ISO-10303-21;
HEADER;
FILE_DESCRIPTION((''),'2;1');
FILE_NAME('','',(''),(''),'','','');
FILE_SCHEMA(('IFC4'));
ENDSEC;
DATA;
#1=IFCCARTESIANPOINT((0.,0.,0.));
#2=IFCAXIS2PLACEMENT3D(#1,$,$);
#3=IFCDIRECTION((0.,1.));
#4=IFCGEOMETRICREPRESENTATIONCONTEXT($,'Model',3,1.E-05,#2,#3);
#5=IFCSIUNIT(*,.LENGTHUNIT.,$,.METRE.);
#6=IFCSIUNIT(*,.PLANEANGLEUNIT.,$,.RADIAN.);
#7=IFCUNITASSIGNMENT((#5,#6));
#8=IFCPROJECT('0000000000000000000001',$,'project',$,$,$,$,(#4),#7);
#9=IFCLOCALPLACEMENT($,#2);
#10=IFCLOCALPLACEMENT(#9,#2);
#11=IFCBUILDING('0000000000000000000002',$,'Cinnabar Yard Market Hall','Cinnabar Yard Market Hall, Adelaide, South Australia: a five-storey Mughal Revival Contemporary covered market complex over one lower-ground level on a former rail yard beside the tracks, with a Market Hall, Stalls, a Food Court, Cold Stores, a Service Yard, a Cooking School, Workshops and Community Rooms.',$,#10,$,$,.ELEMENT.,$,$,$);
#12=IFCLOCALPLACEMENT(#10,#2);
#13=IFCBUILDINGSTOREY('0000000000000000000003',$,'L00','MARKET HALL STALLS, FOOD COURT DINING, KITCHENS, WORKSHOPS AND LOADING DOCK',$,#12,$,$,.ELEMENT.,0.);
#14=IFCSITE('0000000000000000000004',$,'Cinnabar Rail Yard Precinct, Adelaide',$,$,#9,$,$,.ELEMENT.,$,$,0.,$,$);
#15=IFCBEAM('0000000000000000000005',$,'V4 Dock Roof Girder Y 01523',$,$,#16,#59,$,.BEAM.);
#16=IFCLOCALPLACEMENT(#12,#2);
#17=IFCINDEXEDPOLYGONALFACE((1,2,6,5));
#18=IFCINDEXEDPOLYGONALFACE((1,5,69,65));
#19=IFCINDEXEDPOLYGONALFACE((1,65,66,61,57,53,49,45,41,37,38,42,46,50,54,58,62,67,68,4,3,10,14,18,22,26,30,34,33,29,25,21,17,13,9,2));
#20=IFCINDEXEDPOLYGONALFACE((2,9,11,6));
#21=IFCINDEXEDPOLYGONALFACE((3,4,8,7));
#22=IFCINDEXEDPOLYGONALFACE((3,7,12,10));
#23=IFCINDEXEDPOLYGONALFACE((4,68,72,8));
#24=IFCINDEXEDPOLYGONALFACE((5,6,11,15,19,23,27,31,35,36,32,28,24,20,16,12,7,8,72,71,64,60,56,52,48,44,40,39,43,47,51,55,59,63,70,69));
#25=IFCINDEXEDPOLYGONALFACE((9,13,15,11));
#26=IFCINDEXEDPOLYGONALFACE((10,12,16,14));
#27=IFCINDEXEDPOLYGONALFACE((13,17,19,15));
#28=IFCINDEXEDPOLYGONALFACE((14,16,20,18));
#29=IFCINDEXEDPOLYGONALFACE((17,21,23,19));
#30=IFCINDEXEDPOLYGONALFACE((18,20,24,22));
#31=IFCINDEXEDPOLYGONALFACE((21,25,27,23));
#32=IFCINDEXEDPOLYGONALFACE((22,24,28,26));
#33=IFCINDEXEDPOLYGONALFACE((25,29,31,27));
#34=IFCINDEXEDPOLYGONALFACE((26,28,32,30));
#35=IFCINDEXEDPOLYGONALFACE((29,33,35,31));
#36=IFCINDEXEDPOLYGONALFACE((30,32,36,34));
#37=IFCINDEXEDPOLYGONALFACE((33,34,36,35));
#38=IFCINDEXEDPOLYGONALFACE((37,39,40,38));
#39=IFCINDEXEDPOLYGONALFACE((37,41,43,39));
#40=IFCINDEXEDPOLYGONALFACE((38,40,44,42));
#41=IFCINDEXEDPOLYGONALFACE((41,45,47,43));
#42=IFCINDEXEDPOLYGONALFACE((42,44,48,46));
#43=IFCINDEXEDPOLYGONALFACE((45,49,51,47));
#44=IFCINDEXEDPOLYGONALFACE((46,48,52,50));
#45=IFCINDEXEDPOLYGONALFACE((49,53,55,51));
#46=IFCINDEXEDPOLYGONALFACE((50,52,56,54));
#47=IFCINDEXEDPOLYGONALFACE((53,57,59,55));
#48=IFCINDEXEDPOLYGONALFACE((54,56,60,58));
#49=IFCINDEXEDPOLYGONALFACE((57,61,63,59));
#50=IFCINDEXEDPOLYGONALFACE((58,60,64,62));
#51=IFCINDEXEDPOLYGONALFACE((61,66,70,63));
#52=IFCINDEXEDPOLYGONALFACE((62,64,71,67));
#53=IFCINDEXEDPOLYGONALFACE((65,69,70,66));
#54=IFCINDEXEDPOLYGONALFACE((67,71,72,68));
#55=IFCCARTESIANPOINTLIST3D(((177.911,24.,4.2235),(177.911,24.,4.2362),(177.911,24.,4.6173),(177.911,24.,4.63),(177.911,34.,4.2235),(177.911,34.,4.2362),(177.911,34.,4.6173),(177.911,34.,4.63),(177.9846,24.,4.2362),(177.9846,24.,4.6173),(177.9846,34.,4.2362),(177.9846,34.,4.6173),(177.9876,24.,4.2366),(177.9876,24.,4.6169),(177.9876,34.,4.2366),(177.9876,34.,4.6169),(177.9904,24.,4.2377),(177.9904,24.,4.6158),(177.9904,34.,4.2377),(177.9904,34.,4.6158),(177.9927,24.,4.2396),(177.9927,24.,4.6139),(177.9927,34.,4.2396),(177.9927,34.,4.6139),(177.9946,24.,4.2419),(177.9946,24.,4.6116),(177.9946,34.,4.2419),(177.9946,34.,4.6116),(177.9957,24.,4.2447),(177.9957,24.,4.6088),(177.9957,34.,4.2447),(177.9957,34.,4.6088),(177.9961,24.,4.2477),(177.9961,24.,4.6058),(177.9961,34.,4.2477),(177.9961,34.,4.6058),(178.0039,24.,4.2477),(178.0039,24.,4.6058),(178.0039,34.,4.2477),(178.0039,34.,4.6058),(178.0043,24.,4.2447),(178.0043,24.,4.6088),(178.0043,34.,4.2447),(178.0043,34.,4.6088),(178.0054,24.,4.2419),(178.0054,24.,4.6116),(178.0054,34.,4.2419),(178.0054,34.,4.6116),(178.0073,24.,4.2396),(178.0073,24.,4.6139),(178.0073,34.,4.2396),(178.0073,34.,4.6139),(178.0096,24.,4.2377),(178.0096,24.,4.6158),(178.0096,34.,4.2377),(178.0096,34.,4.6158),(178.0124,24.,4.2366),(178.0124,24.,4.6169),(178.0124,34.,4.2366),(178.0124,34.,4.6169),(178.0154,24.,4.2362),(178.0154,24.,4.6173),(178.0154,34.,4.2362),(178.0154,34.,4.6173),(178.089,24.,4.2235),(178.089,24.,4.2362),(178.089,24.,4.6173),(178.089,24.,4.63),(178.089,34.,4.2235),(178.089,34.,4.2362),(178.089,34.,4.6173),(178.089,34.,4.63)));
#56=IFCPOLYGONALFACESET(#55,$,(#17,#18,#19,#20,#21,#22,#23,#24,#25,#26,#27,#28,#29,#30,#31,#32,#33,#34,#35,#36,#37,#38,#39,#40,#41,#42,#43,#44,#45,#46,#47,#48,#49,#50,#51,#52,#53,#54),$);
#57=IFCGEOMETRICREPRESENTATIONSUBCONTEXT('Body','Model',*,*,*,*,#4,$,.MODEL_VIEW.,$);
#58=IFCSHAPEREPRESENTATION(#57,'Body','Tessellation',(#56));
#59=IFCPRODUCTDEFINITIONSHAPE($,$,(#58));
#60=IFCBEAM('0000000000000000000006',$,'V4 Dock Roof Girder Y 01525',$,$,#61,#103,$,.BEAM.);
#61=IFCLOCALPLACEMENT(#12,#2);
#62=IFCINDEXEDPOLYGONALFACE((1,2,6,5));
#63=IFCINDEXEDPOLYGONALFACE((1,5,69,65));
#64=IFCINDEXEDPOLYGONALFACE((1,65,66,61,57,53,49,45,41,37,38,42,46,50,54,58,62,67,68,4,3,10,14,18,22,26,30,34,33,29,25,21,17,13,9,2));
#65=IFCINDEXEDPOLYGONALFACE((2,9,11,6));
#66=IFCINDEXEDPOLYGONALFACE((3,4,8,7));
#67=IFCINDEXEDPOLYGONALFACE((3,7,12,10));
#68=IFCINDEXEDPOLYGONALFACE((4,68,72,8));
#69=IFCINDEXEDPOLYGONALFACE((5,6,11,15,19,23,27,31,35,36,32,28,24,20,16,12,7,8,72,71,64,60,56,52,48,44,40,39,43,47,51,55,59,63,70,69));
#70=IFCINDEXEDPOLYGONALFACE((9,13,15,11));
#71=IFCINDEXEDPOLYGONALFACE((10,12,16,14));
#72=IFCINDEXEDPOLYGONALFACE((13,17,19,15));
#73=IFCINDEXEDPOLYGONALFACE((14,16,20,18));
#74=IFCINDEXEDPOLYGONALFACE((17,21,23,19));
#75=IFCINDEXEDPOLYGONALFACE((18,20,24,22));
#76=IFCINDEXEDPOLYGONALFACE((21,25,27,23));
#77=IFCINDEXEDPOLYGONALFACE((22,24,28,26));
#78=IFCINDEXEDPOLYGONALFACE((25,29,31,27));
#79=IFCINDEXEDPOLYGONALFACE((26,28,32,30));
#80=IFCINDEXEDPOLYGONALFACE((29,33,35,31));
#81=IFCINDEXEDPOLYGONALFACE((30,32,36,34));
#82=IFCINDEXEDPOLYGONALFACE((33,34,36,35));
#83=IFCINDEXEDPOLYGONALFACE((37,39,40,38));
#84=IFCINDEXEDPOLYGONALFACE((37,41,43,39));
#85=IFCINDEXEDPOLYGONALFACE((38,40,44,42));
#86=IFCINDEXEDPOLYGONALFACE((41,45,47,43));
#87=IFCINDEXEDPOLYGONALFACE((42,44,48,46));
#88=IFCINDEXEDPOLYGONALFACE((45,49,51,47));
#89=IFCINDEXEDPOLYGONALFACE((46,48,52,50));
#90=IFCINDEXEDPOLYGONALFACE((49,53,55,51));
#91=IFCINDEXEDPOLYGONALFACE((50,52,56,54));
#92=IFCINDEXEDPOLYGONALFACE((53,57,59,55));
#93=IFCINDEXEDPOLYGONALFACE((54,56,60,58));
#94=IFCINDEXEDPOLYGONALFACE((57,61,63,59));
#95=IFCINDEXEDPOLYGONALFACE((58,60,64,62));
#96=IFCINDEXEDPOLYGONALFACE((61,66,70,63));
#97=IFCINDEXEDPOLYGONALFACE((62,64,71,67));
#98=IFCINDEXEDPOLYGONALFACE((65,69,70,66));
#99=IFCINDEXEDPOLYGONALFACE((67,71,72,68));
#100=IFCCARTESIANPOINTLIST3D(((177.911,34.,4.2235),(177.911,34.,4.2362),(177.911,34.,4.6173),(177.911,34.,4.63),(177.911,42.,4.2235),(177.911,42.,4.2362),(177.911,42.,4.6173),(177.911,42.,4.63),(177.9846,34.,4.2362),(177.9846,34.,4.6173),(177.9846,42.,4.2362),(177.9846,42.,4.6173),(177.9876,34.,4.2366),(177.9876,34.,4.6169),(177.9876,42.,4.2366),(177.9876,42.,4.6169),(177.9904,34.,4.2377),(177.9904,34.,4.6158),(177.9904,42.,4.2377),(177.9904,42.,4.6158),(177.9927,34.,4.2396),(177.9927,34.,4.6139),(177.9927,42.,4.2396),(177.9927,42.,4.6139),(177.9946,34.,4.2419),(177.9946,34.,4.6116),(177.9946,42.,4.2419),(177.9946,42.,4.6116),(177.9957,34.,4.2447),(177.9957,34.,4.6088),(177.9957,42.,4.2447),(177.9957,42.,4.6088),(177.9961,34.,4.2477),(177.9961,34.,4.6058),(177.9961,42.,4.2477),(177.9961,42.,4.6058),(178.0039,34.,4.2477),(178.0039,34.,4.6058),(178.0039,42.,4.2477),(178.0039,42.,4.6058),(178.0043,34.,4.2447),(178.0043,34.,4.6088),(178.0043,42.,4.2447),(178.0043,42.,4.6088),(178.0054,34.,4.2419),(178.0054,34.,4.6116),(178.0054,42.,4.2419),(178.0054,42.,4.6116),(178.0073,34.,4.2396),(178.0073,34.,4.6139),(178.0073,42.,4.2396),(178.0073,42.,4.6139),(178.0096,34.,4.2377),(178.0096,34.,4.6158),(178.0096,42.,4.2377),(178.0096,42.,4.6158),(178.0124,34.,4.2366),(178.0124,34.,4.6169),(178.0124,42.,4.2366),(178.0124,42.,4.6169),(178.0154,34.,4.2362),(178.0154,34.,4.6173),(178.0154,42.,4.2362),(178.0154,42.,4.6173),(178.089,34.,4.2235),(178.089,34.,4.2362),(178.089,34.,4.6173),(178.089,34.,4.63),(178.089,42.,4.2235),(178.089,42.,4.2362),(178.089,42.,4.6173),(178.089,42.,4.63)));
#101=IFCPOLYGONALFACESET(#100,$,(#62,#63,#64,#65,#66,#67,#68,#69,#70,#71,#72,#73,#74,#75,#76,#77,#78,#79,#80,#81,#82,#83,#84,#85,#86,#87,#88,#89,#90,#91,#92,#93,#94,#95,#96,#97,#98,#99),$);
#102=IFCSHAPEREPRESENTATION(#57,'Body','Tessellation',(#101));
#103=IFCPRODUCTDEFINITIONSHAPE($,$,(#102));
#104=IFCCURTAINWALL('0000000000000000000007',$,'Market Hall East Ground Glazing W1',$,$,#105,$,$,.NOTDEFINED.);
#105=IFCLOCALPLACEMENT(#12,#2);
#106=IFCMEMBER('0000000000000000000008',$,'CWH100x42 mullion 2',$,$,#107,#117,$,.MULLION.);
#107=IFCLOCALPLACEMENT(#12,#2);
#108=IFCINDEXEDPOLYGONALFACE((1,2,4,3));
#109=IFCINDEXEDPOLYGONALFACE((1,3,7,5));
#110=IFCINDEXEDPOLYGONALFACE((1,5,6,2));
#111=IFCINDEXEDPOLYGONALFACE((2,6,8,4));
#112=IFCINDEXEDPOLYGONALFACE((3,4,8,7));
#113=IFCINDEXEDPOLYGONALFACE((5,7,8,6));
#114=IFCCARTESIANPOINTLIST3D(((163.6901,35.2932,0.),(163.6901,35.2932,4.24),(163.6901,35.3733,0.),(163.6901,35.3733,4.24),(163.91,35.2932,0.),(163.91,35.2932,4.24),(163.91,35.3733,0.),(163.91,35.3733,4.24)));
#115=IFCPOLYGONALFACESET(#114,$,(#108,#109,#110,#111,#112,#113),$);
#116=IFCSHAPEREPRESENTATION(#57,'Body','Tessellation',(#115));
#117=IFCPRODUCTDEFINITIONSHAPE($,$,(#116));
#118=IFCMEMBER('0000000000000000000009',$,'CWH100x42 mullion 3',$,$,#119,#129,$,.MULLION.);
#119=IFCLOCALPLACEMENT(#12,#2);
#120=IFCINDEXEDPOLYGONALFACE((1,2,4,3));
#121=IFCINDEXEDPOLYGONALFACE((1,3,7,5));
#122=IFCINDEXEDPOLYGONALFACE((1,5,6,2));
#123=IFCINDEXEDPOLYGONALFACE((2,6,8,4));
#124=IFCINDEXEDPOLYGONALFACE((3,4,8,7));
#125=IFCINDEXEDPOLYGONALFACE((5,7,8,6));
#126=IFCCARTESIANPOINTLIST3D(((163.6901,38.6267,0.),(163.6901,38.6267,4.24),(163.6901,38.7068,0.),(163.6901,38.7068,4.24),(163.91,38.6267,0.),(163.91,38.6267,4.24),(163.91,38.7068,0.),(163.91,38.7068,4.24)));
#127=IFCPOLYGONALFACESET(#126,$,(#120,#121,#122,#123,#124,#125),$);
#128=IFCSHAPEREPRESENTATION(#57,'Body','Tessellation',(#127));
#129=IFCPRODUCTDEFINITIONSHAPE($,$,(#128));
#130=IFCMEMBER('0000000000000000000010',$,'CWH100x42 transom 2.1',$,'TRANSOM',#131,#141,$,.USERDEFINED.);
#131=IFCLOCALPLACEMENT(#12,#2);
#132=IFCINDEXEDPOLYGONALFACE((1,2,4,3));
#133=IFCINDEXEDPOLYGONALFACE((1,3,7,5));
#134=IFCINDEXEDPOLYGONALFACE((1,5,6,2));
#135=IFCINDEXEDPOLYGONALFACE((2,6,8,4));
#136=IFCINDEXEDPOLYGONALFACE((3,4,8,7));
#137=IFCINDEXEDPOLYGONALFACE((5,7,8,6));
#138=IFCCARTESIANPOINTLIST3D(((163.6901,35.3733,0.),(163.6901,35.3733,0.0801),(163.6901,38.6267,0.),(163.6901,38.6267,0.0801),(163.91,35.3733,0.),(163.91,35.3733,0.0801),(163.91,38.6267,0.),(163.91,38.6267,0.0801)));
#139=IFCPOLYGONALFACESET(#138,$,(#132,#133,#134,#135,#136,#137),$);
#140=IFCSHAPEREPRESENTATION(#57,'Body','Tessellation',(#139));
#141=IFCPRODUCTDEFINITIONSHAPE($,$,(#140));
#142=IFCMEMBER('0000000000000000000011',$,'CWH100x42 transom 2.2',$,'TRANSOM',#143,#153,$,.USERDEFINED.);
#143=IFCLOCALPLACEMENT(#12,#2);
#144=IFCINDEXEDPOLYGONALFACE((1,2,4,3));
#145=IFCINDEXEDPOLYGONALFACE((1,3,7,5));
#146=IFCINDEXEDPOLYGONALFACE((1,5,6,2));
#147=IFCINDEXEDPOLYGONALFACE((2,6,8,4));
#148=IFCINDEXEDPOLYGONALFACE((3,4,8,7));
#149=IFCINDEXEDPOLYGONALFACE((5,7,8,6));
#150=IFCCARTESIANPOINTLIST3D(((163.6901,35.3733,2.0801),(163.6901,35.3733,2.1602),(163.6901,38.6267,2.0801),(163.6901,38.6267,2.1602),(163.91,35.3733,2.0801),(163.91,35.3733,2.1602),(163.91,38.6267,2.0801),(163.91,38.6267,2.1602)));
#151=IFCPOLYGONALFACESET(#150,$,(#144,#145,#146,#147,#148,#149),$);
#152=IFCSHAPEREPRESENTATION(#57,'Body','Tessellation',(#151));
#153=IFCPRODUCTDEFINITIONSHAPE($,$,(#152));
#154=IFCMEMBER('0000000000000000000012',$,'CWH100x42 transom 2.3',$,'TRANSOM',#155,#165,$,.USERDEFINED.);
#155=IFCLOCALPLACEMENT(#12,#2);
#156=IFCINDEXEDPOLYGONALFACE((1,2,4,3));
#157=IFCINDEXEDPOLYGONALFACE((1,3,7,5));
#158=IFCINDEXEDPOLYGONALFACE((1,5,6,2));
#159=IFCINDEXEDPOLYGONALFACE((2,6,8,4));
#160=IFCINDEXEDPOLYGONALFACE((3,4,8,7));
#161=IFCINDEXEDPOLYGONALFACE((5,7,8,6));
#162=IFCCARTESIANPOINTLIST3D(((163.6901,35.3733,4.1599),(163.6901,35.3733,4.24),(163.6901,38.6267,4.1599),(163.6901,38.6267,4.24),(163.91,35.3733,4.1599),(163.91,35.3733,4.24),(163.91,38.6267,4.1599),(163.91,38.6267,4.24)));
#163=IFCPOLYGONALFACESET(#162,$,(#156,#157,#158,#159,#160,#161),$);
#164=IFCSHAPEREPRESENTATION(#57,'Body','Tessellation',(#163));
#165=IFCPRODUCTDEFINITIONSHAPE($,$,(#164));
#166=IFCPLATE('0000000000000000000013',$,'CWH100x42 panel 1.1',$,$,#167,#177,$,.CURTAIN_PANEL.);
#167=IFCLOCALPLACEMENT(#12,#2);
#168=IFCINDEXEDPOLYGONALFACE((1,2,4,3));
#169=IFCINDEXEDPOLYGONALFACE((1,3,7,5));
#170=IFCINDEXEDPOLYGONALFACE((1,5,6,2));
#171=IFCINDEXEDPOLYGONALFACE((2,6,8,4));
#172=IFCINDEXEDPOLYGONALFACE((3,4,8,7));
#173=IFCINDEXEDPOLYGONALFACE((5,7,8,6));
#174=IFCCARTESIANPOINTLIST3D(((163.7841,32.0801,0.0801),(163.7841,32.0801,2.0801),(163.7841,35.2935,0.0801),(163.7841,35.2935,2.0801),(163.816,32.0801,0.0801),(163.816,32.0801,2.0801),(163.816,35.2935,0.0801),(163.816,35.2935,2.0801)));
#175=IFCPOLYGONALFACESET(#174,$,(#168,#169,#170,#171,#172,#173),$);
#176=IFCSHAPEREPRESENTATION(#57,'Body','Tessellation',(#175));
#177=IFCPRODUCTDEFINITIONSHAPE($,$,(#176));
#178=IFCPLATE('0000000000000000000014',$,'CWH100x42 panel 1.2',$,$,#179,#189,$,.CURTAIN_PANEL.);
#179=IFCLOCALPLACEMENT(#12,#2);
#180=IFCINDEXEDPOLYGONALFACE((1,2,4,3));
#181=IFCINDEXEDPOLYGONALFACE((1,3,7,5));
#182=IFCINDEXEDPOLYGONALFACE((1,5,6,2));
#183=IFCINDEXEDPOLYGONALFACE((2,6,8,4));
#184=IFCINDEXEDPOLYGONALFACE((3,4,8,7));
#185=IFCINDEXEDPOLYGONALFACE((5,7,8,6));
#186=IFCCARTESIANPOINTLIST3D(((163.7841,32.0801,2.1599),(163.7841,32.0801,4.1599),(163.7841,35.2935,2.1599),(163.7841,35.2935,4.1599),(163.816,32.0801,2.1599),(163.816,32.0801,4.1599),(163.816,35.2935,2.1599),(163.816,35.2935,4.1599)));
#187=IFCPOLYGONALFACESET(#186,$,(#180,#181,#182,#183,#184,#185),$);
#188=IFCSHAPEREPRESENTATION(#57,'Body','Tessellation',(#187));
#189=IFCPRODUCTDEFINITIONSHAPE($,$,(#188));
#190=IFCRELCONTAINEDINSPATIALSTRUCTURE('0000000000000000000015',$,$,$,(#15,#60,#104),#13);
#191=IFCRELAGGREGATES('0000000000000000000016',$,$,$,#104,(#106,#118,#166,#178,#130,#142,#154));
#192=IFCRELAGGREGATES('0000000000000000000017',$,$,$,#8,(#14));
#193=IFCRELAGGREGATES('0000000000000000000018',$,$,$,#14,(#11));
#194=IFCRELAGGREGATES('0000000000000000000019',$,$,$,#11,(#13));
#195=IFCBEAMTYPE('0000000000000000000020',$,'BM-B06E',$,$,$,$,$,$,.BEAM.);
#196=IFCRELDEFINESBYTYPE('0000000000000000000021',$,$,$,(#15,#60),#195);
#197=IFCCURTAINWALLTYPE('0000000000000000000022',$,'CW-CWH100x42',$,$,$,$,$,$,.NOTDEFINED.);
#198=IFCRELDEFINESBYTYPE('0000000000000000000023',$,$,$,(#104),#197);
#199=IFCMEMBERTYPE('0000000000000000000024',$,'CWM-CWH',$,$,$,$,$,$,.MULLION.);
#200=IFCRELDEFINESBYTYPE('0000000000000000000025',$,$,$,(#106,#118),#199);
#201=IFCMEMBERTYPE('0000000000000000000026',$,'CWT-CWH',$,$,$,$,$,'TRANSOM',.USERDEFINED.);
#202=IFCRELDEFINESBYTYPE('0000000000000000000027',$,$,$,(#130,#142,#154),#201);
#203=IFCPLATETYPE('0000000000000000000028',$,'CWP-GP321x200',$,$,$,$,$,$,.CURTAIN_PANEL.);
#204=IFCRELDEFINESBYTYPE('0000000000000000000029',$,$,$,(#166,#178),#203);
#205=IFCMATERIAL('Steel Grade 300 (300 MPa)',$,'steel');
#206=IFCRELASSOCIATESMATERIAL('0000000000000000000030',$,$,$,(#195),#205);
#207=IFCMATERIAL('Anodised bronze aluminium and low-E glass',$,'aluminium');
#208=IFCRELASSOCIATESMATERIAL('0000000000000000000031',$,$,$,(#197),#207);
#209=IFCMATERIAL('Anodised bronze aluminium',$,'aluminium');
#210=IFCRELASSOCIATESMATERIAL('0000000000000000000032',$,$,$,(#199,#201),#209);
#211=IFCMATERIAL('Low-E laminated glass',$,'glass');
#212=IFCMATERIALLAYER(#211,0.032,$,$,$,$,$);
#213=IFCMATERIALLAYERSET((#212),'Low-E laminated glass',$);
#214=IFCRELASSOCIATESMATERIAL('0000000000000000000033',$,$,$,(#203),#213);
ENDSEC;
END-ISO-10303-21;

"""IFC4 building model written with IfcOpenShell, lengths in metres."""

from ifc_helpers import new_model, si_unit, direction, frame, origin, origin_2d_with_axis, place, context, subcontext, project, spatial, rectangle, i_section, extrude, material, layer, layer_set, material_profile, profile_set, type_object, element, aggregate, save


model = new_model("IFC4")

# Units and contexts
model_context = context("Model", 3, precision=1e-05, world=origin(), true_north=direction((0.0, 1.0)))
body_context = subcontext(model_context, "Body", "Model", "MODEL_VIEW")
ifc_project = project(units=[si_unit("LENGTHUNIT", "METRE"), si_unit("PLANEANGLEUNIT", "RADIAN")], contexts=[model_context])

# Site, building, storey
site_placement = place(None, origin())
site = spatial("IfcSite", under=ifc_project, at=site_placement, Name="Cinnabar Rail Yard Precinct, Adelaide", CompositionType="ELEMENT", RefElevation=0.0)
building_placement = place(site_placement, origin())
building = spatial("IfcBuilding", under=site, at=building_placement, Name="Cinnabar Yard Market Hall", Description="Cinnabar Yard Market Hall, Adelaide, South Australia: a five-storey Mughal Revival Contemporary covered market complex over one lower-ground level on a former rail yard beside the tracks, with a Market Hall, Stalls, a Food Court, Cold Stores, a Service Yard, a Cooking School, Workshops and Community Rooms.", CompositionType="ELEMENT")
storey_placement = place(building_placement, origin())
storey = spatial("IfcBuildingStorey", under=building, at=storey_placement, Name="L00", Description="MARKET HALL STALLS, FOOD COURT DINING, KITCHENS, WORKSHOPS AND LOADING DOCK", CompositionType="ELEMENT", Elevation=0.0)

# Shared definitions
ifc_material_1 = material(Name="Steel Grade 300 (300 MPa)", Category="steel")

# Beams
ifc_material_profile_1 = material_profile(ifc_material_1, i_section(OverallWidth=0.178, OverallDepth=0.4065, WebThickness=0.0078, FlangeThickness=0.0127, FilletRadius=0.0115, at=origin_2d_with_axis()), Name="410UB59.7")
ifc_profile_set_1 = profile_set([ifc_material_profile_1], Name="Steel Grade 300 (300 MPa)")
beam_type_1 = type_object("IfcBeamType", Name="BM-B06E", PredefinedType="BEAM", material=ifc_profile_set_1)
for number, where, z_axis, x_axis, name in (
    (1, (178.0, 24.0, 4.4268), (0.0, 1.0, 0.0), (-1.0, 0.0, 0.0), "V4 Dock Roof Girder Y 01523"),
):
    element("IfcBeam", number, at=place(storey_placement, frame(where, z_axis=z_axis, x_axis=x_axis)), inside=storey, type_object=beam_type_1, Name=name, PredefinedType="BEAM", context=body_context, shape_type="SweptSolid", body=[
        extrude(i_section(OverallWidth=0.178, OverallDepth=0.4065, WebThickness=0.0078, FlangeThickness=0.0127, FilletRadius=0.0115, at=origin_2d_with_axis()), origin(), (0.0, 0.0, 1.0), 10.0),
    ])
beam_1_placement = place(storey_placement, frame((178.0, 34.0, 4.4268), z_axis=(0.0, 1.0, 0.0), x_axis=(-1.0, 0.0, 0.0)))
element("IfcBeam", 2, at=beam_1_placement, inside=storey, type_object=beam_type_1, Name="V4 Dock Roof Girder Y 01525", PredefinedType="BEAM", context=body_context, shape_type="SweptSolid", body=[
    extrude(i_section(OverallWidth=0.178, OverallDepth=0.4065, WebThickness=0.0078, FlangeThickness=0.0127, FilletRadius=0.0115, at=origin_2d_with_axis()), origin(), (0.0, 0.0, 1.0), 8.0),
])

# Curtain wall, members, plates
ifc_material_2 = material(Name="Anodised bronze aluminium and low-E glass", Category="aluminium")
curtain_wall_type = type_object("IfcCurtainWallType", Name="CW-CWH100x42", PredefinedType="NOTDEFINED", material=ifc_material_2)
curtain_wall_placement = place(storey_placement, origin())
curtain_wall = element("IfcCurtainWall", 3, at=curtain_wall_placement, inside=storey, type_object=curtain_wall_type, Name="Market Hall East Ground Glazing W1", PredefinedType="NOTDEFINED")
ifc_material_3 = material(Name="Anodised bronze aluminium", Category="aluminium")
ifc_material_profile_2 = material_profile(ifc_material_3, rectangle(XDim=0.22, YDim=0.0801, at=origin_2d_with_axis()), Name="MUL-CWH")
ifc_profile_set_2 = profile_set([ifc_material_profile_2], Name="Anodised bronze aluminium")
member_type_1 = type_object("IfcMemberType", Name="CWM-CWH", PredefinedType="MULLION", material=ifc_profile_set_2)
member_1_placement = place(storey_placement, frame((163.8, 35.3333, 0.0), z_axis=(0.0, 0.0, 1.0), x_axis=(-1.0, 0.0, 0.0)))
member_1 = element("IfcMember", 4, at=member_1_placement, type_object=member_type_1, Name="CWH100x42 mullion 2", PredefinedType="MULLION", context=body_context, shape_type="SweptSolid", body=[
    extrude(rectangle(XDim=0.22, YDim=0.0801, at=origin_2d_with_axis()), origin(), (0.0, 0.0, 1.0), 4.24),
])
member_2_placement = place(storey_placement, frame((163.8, 38.6667, 0.0), z_axis=(0.0, 0.0, 1.0), x_axis=(-1.0, 0.0, 0.0)))
member_2 = element("IfcMember", 5, at=member_2_placement, type_object=member_type_1, Name="CWH100x42 mullion 3", PredefinedType="MULLION", context=body_context, shape_type="SweptSolid", body=[
    extrude(rectangle(XDim=0.22, YDim=0.0801, at=origin_2d_with_axis()), origin(), (0.0, 0.0, 1.0), 4.24),
])
ifc_material_profile_3 = material_profile(ifc_material_3, rectangle(XDim=0.22, YDim=0.0801, at=origin_2d_with_axis()), Name="TRN-CWH")
ifc_profile_set_3 = profile_set([ifc_material_profile_3], Name="Anodised bronze aluminium")
member_type_2 = type_object("IfcMemberType", Name="CWT-CWH", ElementType="TRANSOM", PredefinedType="USERDEFINED", material=ifc_profile_set_3)
member_3_placement = place(storey_placement, frame((163.8, 35.3733, 0.04), z_axis=(0.0, 1.0, 0.0), x_axis=(-1.0, 0.0, 0.0)))
member_3 = element("IfcMember", 6, at=member_3_placement, type_object=member_type_2, Name="CWH100x42 transom 2.1", ObjectType="TRANSOM", PredefinedType="USERDEFINED", context=body_context, shape_type="SweptSolid", body=[
    extrude(rectangle(XDim=0.22, YDim=0.0801, at=origin_2d_with_axis()), origin(), (0.0, 0.0, 1.0), 3.2534),
])
member_4_placement = place(storey_placement, frame((163.8, 35.3733, 2.1201), z_axis=(0.0, 1.0, 0.0), x_axis=(-1.0, 0.0, 0.0)))
member_4 = element("IfcMember", 7, at=member_4_placement, type_object=member_type_2, Name="CWH100x42 transom 2.2", ObjectType="TRANSOM", PredefinedType="USERDEFINED", context=body_context, shape_type="SweptSolid", body=[
    extrude(rectangle(XDim=0.22, YDim=0.0801, at=origin_2d_with_axis()), origin(), (0.0, 0.0, 1.0), 3.2534),
])
member_5_placement = place(storey_placement, frame((163.8, 35.3733, 4.2), z_axis=(0.0, 1.0, 0.0), x_axis=(-1.0, 0.0, 0.0)))
member_5 = element("IfcMember", 8, at=member_5_placement, type_object=member_type_2, Name="CWH100x42 transom 2.3", ObjectType="TRANSOM", PredefinedType="USERDEFINED", context=body_context, shape_type="SweptSolid", body=[
    extrude(rectangle(XDim=0.22, YDim=0.0801, at=origin_2d_with_axis()), origin(), (0.0, 0.0, 1.0), 3.2534),
])
ifc_material_4 = material(Name="Low-E laminated glass", Category="glass")
ifc_layer_1 = layer(ifc_material_4, 0.032)
ifc_layer_set_1 = layer_set([ifc_layer_1], Name="Low-E laminated glass")
plate_type_1 = type_object("IfcPlateType", Name="CWP-GP321x200", PredefinedType="CURTAIN_PANEL", material=ifc_layer_set_1)
plate_1_placement = place(storey_placement, frame((163.8, 33.6868, 0.0801), z_axis=(0.0, 0.0, 1.0), x_axis=(0.0, 1.0, 0.0)))
plate_1 = element("IfcPlate", 9, at=plate_1_placement, type_object=plate_type_1, Name="CWH100x42 panel 1.1", PredefinedType="CURTAIN_PANEL", context=body_context, shape_type="SweptSolid", body=[
    extrude(rectangle(XDim=3.2134, YDim=0.032, at=origin_2d_with_axis()), origin(), (0.0, 0.0, 1.0), 2.0),
])
plate_2_placement = place(storey_placement, frame((163.8, 33.6868, 2.1599), z_axis=(0.0, 0.0, 1.0), x_axis=(0.0, 1.0, 0.0)))
plate_2 = element("IfcPlate", 10, at=plate_2_placement, type_object=plate_type_1, Name="CWH100x42 panel 1.2", PredefinedType="CURTAIN_PANEL", context=body_context, shape_type="SweptSolid", body=[
    extrude(rectangle(XDim=3.2134, YDim=0.032, at=origin_2d_with_axis()), origin(), (0.0, 0.0, 1.0), 2.0),
])
aggregate(curtain_wall, [member_1, member_2, plate_1, plate_2, member_3, member_4, member_5])

save(model, "model.ifc")
